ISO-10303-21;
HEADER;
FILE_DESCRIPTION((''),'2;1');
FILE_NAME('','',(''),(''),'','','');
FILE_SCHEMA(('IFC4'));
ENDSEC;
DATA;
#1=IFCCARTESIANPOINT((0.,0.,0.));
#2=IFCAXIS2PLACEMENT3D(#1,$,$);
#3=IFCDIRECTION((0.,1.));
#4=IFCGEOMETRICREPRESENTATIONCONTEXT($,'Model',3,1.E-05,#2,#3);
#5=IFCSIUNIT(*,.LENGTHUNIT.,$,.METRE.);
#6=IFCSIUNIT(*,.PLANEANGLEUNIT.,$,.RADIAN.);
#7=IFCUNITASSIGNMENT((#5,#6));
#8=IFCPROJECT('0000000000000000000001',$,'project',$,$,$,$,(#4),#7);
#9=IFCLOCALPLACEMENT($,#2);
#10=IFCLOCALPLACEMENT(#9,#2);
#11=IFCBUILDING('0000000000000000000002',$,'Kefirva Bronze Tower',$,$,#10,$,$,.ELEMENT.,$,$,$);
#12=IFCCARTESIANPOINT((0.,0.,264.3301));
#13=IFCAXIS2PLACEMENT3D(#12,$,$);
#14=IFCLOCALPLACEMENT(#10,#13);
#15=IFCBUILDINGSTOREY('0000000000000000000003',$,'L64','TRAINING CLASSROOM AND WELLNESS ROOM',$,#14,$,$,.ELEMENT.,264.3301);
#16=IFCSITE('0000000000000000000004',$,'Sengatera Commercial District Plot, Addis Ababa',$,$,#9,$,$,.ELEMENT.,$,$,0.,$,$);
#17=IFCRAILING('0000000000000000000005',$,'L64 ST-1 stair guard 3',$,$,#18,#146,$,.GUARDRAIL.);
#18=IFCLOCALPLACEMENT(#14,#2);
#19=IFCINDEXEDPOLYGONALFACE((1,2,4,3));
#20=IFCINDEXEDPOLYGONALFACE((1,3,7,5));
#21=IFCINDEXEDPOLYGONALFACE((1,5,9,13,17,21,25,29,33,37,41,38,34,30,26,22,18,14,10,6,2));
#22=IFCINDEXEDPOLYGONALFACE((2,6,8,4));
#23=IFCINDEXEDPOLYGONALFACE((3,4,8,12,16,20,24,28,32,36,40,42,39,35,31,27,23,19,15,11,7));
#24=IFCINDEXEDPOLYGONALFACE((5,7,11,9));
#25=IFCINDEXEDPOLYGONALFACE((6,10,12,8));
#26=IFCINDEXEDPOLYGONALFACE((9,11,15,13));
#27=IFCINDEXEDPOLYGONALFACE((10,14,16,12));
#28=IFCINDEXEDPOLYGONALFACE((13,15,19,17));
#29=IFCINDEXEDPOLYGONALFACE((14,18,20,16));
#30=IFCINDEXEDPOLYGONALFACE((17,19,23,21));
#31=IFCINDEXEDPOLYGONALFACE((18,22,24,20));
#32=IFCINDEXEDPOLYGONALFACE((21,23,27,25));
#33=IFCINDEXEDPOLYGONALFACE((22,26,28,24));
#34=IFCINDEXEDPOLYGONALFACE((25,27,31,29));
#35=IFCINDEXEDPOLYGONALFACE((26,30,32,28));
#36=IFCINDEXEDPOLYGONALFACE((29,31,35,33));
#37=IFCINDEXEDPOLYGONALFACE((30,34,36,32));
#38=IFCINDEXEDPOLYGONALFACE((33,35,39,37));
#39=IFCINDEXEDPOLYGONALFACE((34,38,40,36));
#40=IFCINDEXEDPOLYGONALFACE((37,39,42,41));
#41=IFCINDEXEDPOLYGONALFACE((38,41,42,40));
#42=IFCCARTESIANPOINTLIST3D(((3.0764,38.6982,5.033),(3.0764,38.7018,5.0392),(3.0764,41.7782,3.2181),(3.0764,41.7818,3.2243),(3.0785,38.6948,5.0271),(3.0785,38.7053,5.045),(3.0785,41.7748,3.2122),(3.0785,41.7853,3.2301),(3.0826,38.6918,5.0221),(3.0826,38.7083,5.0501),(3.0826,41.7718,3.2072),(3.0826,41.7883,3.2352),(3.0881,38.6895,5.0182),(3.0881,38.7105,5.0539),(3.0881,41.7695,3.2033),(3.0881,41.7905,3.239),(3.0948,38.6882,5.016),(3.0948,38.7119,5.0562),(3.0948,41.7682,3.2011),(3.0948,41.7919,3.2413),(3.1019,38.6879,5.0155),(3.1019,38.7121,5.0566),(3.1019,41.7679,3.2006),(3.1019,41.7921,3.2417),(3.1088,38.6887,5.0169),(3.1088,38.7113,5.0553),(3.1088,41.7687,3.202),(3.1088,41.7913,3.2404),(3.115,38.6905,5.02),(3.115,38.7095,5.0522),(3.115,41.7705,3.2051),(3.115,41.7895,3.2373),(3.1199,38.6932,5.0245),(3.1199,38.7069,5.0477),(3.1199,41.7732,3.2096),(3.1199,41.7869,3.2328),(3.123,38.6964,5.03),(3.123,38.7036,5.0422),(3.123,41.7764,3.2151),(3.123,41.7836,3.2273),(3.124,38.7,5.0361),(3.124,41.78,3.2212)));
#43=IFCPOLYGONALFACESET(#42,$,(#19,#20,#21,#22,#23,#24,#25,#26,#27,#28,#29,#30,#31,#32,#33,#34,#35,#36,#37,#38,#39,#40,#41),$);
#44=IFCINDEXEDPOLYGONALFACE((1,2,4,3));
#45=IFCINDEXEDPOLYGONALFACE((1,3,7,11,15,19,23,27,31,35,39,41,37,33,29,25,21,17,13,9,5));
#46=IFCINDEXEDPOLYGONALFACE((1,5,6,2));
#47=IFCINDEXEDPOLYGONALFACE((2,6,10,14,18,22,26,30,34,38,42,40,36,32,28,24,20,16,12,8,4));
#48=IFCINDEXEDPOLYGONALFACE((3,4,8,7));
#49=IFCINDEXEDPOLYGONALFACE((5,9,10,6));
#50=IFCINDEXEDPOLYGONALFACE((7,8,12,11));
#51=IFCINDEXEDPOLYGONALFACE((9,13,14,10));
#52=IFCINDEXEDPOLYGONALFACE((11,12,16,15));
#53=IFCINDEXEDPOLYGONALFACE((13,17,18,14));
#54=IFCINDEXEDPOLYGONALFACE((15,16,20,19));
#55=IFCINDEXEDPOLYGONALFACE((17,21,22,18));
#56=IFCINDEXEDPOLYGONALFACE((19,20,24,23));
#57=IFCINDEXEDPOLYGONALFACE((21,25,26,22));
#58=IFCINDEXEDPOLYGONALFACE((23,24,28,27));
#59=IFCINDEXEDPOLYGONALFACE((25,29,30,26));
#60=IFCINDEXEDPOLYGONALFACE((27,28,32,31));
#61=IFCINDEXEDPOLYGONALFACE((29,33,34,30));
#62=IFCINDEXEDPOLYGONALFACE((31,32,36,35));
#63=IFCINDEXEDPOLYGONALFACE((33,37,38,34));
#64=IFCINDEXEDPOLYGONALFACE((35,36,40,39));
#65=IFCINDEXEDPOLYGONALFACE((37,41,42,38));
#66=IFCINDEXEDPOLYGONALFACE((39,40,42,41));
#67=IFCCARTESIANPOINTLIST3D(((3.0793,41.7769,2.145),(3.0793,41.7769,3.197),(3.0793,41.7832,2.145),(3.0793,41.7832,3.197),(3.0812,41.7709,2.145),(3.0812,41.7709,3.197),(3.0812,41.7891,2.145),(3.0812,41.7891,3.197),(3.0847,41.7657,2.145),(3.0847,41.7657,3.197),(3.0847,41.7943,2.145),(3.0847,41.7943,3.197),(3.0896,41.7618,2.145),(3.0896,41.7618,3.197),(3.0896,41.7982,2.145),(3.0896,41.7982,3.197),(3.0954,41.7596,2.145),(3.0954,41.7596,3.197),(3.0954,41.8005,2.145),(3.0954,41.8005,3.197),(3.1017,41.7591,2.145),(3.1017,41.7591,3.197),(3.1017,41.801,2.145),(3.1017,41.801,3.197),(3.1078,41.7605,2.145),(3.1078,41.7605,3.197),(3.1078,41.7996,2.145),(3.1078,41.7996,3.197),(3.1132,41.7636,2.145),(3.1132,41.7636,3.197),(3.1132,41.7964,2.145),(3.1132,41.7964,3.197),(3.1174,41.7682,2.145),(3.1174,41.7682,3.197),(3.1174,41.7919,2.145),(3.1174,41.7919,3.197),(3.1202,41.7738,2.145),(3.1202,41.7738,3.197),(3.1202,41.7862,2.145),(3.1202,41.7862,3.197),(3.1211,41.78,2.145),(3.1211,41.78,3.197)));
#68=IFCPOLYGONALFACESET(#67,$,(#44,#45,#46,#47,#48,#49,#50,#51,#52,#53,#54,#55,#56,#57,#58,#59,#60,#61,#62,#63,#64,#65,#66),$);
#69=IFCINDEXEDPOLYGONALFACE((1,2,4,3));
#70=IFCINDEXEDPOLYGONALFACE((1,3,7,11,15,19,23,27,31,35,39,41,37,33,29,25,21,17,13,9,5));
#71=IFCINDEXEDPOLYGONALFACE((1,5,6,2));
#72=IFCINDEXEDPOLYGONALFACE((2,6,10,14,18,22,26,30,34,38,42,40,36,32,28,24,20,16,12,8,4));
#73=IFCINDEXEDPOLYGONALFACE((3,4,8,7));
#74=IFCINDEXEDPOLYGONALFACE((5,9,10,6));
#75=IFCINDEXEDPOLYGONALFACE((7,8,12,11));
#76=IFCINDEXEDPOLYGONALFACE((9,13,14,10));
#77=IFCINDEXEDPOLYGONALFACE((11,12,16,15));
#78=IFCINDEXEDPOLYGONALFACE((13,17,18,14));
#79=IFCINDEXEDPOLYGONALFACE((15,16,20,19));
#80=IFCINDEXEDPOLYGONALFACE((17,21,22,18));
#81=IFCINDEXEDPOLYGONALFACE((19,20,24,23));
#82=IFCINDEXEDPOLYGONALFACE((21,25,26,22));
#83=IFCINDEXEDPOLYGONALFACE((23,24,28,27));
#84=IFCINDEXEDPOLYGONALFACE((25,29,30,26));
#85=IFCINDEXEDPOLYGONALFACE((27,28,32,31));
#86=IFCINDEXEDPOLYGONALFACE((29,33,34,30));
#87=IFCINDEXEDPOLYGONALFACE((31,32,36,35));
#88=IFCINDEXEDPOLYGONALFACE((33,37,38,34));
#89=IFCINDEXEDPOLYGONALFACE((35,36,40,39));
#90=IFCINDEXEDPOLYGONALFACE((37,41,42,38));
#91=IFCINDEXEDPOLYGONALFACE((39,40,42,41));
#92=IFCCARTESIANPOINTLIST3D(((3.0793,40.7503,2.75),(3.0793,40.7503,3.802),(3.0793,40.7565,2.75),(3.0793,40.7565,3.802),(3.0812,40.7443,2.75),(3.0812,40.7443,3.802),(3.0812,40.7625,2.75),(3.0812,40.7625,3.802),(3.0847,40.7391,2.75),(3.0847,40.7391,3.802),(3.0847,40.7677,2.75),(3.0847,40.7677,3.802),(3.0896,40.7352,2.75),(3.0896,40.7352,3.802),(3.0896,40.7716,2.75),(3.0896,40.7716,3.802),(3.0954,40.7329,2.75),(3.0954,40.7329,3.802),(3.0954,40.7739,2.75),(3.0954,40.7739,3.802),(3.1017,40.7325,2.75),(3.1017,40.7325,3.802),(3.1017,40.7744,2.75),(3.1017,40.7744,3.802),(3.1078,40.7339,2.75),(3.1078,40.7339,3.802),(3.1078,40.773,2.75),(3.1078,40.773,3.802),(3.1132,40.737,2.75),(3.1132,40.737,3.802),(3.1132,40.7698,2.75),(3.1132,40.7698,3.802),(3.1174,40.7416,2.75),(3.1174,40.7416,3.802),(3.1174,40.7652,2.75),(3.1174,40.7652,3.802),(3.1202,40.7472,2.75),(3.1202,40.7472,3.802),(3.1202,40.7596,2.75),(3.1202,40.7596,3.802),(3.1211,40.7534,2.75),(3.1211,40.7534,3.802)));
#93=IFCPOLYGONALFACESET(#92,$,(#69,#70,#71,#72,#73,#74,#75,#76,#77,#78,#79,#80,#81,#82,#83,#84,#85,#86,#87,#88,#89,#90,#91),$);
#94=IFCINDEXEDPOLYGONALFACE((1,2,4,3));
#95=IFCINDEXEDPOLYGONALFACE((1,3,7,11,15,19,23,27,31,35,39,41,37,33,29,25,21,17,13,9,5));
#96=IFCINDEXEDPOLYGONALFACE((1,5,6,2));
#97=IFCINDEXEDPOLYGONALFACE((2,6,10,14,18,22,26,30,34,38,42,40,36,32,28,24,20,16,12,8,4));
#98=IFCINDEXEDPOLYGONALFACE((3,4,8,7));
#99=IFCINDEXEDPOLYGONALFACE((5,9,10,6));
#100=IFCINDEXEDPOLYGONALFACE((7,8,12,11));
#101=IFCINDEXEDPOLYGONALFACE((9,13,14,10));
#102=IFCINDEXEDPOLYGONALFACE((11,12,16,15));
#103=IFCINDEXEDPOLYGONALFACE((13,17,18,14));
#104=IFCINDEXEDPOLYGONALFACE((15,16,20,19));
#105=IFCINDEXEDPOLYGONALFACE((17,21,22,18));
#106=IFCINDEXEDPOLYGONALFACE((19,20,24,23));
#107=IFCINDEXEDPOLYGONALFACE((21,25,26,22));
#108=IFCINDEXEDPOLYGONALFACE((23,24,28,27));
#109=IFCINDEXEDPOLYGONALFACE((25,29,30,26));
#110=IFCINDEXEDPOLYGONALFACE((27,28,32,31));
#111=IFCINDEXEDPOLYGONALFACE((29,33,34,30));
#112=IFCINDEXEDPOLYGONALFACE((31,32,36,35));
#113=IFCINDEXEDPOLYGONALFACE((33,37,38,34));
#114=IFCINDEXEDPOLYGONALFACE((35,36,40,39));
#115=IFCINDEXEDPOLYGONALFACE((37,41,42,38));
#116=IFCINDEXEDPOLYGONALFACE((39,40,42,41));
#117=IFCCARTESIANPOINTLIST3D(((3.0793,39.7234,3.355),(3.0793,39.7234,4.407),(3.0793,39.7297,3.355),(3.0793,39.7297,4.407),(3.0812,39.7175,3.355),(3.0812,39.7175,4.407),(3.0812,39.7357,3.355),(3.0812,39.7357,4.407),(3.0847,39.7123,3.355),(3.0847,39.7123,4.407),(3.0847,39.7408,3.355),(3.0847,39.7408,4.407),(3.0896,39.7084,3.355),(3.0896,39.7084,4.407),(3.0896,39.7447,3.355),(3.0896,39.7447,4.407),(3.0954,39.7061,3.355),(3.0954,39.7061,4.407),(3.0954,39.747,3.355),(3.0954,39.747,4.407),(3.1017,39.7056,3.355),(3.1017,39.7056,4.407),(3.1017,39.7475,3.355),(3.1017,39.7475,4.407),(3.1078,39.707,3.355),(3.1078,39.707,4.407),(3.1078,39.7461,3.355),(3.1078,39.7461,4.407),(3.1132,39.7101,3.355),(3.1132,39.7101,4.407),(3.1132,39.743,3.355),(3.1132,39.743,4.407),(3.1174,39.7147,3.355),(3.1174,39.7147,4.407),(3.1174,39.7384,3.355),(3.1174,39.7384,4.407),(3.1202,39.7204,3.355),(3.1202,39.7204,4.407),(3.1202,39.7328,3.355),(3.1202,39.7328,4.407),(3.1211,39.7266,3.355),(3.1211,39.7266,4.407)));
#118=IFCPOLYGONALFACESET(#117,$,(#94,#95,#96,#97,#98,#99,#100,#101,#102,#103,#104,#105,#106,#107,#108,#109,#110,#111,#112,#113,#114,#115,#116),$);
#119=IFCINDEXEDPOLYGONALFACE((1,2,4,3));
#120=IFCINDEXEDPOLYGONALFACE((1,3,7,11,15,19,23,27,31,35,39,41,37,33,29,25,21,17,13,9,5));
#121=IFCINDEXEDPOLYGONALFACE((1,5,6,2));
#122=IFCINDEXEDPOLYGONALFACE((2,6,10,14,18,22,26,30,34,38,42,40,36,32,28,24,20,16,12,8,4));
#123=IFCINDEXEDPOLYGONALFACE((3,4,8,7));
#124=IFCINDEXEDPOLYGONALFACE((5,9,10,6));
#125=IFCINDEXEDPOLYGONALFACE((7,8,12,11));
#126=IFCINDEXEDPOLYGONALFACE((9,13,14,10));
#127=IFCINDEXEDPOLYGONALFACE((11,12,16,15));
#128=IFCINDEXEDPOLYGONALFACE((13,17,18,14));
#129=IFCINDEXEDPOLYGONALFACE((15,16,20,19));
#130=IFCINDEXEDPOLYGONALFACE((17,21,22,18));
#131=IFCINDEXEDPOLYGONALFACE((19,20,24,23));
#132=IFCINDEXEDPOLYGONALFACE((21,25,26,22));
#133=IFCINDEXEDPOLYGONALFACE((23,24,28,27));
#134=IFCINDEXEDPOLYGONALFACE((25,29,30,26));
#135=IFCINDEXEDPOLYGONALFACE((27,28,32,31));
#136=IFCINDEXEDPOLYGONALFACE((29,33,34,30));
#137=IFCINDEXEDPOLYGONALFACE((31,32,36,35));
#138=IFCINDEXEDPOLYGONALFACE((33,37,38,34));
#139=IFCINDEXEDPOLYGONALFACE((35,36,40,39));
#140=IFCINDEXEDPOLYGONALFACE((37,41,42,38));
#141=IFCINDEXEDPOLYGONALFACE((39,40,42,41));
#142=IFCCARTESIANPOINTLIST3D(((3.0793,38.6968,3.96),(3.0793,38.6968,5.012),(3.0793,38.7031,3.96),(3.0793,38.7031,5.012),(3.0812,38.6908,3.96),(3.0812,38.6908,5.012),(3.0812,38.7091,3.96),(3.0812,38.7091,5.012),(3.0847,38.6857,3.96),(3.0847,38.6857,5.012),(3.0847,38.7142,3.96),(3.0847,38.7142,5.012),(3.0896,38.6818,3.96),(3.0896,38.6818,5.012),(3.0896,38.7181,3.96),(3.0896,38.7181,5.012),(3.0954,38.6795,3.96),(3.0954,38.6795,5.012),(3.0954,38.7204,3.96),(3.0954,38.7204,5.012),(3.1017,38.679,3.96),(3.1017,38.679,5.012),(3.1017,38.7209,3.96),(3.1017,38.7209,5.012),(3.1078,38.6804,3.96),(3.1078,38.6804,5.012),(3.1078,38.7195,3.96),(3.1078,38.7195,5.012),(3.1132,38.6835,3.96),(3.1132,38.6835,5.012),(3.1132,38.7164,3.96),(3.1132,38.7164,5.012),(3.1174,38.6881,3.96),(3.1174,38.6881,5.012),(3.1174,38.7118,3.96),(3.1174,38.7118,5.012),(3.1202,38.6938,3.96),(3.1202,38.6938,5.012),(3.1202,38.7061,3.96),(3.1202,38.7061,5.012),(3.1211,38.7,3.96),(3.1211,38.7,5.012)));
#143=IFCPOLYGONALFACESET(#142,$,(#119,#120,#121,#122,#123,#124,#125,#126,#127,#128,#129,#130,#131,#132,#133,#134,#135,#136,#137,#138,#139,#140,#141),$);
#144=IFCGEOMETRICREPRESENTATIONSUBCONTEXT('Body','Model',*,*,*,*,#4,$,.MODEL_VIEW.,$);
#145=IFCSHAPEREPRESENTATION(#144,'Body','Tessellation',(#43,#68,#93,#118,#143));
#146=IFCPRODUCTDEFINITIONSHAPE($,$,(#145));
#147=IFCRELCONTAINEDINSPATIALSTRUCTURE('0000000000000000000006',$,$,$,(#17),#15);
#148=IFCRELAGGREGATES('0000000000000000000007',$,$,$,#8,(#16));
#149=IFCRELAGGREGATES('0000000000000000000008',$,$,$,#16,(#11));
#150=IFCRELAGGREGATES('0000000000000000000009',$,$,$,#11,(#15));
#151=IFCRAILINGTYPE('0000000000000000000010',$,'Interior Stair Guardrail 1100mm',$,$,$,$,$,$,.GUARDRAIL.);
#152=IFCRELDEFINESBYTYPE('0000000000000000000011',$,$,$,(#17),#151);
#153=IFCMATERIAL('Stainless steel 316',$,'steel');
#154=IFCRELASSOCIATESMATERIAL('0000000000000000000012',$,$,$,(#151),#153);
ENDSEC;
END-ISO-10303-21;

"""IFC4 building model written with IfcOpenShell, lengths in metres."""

from ifc_helpers import new_model, si_unit, direction, frame, origin, origin_2d, place, context, subcontext, project, spatial, circle, extrude, material, type_object, element, save


model = new_model("IFC4")

# Units and contexts
model_context = context("Model", 3, precision=1e-05, world=origin(), true_north=direction((0.0, 1.0)))
body_context = subcontext(model_context, "Body", "Model", "MODEL_VIEW")
ifc_project = project(units=[si_unit("LENGTHUNIT", "METRE"), si_unit("PLANEANGLEUNIT", "RADIAN")], contexts=[model_context])

# Site, building, storey
site_placement = place(None, origin())
site = spatial("IfcSite", under=ifc_project, at=site_placement, Name="Sengatera Commercial District Plot, Addis Ababa", CompositionType="ELEMENT", RefElevation=0.0)
building_placement = place(site_placement, origin())
building = spatial("IfcBuilding", under=site, at=building_placement, Name="Kefirva Bronze Tower", CompositionType="ELEMENT")
storey_placement = place(building_placement, frame((0.0, 0.0, 264.3301)))
storey = spatial("IfcBuildingStorey", under=building, at=storey_placement, Name="L64", Description="TRAINING CLASSROOM AND WELLNESS ROOM", CompositionType="ELEMENT", Elevation=264.3301)

# Railing
ifc_material_1 = material(Name="Stainless steel 316", Category="steel")
railing_type_1 = type_object("IfcRailingType", Name="Interior Stair Guardrail 1100mm", PredefinedType="GUARDRAIL", material=ifc_material_1)
railing_1_placement = place(storey_placement, frame((3.1001, 41.78, 2.145)))
element("IfcRailing", 1, at=railing_1_placement, inside=storey, type_object=railing_type_1, Name="L64 ST-1 stair guard 3", PredefinedType="GUARDRAIL", context=body_context, shape_type="SweptSolid", body=[
    extrude(circle(Radius=0.0239, at=origin_2d()), frame((0.0, 0.0, 1.0762), z_axis=(0.0, -0.861551, 0.507671), x_axis=(1.0, 0.0, 0.0)), (0.0, 0.0, 1.0), 3.575),
    extrude(circle(Radius=0.021, at=origin_2d()), origin(), (0.0, 0.0, 1.0), 1.052),
    extrude(circle(Radius=0.021, at=origin_2d()), frame((0.0, -1.0266, 0.605)), (0.0, 0.0, 1.0), 1.052),
    extrude(circle(Radius=0.021, at=origin_2d()), frame((0.0, -2.0535, 1.21)), (0.0, 0.0, 1.0), 1.052),
    extrude(circle(Radius=0.021, at=origin_2d()), frame((0.0, -3.0801, 1.8149)), (0.0, 0.0, 1.0), 1.052),
])

save(model, "model.ifc")
